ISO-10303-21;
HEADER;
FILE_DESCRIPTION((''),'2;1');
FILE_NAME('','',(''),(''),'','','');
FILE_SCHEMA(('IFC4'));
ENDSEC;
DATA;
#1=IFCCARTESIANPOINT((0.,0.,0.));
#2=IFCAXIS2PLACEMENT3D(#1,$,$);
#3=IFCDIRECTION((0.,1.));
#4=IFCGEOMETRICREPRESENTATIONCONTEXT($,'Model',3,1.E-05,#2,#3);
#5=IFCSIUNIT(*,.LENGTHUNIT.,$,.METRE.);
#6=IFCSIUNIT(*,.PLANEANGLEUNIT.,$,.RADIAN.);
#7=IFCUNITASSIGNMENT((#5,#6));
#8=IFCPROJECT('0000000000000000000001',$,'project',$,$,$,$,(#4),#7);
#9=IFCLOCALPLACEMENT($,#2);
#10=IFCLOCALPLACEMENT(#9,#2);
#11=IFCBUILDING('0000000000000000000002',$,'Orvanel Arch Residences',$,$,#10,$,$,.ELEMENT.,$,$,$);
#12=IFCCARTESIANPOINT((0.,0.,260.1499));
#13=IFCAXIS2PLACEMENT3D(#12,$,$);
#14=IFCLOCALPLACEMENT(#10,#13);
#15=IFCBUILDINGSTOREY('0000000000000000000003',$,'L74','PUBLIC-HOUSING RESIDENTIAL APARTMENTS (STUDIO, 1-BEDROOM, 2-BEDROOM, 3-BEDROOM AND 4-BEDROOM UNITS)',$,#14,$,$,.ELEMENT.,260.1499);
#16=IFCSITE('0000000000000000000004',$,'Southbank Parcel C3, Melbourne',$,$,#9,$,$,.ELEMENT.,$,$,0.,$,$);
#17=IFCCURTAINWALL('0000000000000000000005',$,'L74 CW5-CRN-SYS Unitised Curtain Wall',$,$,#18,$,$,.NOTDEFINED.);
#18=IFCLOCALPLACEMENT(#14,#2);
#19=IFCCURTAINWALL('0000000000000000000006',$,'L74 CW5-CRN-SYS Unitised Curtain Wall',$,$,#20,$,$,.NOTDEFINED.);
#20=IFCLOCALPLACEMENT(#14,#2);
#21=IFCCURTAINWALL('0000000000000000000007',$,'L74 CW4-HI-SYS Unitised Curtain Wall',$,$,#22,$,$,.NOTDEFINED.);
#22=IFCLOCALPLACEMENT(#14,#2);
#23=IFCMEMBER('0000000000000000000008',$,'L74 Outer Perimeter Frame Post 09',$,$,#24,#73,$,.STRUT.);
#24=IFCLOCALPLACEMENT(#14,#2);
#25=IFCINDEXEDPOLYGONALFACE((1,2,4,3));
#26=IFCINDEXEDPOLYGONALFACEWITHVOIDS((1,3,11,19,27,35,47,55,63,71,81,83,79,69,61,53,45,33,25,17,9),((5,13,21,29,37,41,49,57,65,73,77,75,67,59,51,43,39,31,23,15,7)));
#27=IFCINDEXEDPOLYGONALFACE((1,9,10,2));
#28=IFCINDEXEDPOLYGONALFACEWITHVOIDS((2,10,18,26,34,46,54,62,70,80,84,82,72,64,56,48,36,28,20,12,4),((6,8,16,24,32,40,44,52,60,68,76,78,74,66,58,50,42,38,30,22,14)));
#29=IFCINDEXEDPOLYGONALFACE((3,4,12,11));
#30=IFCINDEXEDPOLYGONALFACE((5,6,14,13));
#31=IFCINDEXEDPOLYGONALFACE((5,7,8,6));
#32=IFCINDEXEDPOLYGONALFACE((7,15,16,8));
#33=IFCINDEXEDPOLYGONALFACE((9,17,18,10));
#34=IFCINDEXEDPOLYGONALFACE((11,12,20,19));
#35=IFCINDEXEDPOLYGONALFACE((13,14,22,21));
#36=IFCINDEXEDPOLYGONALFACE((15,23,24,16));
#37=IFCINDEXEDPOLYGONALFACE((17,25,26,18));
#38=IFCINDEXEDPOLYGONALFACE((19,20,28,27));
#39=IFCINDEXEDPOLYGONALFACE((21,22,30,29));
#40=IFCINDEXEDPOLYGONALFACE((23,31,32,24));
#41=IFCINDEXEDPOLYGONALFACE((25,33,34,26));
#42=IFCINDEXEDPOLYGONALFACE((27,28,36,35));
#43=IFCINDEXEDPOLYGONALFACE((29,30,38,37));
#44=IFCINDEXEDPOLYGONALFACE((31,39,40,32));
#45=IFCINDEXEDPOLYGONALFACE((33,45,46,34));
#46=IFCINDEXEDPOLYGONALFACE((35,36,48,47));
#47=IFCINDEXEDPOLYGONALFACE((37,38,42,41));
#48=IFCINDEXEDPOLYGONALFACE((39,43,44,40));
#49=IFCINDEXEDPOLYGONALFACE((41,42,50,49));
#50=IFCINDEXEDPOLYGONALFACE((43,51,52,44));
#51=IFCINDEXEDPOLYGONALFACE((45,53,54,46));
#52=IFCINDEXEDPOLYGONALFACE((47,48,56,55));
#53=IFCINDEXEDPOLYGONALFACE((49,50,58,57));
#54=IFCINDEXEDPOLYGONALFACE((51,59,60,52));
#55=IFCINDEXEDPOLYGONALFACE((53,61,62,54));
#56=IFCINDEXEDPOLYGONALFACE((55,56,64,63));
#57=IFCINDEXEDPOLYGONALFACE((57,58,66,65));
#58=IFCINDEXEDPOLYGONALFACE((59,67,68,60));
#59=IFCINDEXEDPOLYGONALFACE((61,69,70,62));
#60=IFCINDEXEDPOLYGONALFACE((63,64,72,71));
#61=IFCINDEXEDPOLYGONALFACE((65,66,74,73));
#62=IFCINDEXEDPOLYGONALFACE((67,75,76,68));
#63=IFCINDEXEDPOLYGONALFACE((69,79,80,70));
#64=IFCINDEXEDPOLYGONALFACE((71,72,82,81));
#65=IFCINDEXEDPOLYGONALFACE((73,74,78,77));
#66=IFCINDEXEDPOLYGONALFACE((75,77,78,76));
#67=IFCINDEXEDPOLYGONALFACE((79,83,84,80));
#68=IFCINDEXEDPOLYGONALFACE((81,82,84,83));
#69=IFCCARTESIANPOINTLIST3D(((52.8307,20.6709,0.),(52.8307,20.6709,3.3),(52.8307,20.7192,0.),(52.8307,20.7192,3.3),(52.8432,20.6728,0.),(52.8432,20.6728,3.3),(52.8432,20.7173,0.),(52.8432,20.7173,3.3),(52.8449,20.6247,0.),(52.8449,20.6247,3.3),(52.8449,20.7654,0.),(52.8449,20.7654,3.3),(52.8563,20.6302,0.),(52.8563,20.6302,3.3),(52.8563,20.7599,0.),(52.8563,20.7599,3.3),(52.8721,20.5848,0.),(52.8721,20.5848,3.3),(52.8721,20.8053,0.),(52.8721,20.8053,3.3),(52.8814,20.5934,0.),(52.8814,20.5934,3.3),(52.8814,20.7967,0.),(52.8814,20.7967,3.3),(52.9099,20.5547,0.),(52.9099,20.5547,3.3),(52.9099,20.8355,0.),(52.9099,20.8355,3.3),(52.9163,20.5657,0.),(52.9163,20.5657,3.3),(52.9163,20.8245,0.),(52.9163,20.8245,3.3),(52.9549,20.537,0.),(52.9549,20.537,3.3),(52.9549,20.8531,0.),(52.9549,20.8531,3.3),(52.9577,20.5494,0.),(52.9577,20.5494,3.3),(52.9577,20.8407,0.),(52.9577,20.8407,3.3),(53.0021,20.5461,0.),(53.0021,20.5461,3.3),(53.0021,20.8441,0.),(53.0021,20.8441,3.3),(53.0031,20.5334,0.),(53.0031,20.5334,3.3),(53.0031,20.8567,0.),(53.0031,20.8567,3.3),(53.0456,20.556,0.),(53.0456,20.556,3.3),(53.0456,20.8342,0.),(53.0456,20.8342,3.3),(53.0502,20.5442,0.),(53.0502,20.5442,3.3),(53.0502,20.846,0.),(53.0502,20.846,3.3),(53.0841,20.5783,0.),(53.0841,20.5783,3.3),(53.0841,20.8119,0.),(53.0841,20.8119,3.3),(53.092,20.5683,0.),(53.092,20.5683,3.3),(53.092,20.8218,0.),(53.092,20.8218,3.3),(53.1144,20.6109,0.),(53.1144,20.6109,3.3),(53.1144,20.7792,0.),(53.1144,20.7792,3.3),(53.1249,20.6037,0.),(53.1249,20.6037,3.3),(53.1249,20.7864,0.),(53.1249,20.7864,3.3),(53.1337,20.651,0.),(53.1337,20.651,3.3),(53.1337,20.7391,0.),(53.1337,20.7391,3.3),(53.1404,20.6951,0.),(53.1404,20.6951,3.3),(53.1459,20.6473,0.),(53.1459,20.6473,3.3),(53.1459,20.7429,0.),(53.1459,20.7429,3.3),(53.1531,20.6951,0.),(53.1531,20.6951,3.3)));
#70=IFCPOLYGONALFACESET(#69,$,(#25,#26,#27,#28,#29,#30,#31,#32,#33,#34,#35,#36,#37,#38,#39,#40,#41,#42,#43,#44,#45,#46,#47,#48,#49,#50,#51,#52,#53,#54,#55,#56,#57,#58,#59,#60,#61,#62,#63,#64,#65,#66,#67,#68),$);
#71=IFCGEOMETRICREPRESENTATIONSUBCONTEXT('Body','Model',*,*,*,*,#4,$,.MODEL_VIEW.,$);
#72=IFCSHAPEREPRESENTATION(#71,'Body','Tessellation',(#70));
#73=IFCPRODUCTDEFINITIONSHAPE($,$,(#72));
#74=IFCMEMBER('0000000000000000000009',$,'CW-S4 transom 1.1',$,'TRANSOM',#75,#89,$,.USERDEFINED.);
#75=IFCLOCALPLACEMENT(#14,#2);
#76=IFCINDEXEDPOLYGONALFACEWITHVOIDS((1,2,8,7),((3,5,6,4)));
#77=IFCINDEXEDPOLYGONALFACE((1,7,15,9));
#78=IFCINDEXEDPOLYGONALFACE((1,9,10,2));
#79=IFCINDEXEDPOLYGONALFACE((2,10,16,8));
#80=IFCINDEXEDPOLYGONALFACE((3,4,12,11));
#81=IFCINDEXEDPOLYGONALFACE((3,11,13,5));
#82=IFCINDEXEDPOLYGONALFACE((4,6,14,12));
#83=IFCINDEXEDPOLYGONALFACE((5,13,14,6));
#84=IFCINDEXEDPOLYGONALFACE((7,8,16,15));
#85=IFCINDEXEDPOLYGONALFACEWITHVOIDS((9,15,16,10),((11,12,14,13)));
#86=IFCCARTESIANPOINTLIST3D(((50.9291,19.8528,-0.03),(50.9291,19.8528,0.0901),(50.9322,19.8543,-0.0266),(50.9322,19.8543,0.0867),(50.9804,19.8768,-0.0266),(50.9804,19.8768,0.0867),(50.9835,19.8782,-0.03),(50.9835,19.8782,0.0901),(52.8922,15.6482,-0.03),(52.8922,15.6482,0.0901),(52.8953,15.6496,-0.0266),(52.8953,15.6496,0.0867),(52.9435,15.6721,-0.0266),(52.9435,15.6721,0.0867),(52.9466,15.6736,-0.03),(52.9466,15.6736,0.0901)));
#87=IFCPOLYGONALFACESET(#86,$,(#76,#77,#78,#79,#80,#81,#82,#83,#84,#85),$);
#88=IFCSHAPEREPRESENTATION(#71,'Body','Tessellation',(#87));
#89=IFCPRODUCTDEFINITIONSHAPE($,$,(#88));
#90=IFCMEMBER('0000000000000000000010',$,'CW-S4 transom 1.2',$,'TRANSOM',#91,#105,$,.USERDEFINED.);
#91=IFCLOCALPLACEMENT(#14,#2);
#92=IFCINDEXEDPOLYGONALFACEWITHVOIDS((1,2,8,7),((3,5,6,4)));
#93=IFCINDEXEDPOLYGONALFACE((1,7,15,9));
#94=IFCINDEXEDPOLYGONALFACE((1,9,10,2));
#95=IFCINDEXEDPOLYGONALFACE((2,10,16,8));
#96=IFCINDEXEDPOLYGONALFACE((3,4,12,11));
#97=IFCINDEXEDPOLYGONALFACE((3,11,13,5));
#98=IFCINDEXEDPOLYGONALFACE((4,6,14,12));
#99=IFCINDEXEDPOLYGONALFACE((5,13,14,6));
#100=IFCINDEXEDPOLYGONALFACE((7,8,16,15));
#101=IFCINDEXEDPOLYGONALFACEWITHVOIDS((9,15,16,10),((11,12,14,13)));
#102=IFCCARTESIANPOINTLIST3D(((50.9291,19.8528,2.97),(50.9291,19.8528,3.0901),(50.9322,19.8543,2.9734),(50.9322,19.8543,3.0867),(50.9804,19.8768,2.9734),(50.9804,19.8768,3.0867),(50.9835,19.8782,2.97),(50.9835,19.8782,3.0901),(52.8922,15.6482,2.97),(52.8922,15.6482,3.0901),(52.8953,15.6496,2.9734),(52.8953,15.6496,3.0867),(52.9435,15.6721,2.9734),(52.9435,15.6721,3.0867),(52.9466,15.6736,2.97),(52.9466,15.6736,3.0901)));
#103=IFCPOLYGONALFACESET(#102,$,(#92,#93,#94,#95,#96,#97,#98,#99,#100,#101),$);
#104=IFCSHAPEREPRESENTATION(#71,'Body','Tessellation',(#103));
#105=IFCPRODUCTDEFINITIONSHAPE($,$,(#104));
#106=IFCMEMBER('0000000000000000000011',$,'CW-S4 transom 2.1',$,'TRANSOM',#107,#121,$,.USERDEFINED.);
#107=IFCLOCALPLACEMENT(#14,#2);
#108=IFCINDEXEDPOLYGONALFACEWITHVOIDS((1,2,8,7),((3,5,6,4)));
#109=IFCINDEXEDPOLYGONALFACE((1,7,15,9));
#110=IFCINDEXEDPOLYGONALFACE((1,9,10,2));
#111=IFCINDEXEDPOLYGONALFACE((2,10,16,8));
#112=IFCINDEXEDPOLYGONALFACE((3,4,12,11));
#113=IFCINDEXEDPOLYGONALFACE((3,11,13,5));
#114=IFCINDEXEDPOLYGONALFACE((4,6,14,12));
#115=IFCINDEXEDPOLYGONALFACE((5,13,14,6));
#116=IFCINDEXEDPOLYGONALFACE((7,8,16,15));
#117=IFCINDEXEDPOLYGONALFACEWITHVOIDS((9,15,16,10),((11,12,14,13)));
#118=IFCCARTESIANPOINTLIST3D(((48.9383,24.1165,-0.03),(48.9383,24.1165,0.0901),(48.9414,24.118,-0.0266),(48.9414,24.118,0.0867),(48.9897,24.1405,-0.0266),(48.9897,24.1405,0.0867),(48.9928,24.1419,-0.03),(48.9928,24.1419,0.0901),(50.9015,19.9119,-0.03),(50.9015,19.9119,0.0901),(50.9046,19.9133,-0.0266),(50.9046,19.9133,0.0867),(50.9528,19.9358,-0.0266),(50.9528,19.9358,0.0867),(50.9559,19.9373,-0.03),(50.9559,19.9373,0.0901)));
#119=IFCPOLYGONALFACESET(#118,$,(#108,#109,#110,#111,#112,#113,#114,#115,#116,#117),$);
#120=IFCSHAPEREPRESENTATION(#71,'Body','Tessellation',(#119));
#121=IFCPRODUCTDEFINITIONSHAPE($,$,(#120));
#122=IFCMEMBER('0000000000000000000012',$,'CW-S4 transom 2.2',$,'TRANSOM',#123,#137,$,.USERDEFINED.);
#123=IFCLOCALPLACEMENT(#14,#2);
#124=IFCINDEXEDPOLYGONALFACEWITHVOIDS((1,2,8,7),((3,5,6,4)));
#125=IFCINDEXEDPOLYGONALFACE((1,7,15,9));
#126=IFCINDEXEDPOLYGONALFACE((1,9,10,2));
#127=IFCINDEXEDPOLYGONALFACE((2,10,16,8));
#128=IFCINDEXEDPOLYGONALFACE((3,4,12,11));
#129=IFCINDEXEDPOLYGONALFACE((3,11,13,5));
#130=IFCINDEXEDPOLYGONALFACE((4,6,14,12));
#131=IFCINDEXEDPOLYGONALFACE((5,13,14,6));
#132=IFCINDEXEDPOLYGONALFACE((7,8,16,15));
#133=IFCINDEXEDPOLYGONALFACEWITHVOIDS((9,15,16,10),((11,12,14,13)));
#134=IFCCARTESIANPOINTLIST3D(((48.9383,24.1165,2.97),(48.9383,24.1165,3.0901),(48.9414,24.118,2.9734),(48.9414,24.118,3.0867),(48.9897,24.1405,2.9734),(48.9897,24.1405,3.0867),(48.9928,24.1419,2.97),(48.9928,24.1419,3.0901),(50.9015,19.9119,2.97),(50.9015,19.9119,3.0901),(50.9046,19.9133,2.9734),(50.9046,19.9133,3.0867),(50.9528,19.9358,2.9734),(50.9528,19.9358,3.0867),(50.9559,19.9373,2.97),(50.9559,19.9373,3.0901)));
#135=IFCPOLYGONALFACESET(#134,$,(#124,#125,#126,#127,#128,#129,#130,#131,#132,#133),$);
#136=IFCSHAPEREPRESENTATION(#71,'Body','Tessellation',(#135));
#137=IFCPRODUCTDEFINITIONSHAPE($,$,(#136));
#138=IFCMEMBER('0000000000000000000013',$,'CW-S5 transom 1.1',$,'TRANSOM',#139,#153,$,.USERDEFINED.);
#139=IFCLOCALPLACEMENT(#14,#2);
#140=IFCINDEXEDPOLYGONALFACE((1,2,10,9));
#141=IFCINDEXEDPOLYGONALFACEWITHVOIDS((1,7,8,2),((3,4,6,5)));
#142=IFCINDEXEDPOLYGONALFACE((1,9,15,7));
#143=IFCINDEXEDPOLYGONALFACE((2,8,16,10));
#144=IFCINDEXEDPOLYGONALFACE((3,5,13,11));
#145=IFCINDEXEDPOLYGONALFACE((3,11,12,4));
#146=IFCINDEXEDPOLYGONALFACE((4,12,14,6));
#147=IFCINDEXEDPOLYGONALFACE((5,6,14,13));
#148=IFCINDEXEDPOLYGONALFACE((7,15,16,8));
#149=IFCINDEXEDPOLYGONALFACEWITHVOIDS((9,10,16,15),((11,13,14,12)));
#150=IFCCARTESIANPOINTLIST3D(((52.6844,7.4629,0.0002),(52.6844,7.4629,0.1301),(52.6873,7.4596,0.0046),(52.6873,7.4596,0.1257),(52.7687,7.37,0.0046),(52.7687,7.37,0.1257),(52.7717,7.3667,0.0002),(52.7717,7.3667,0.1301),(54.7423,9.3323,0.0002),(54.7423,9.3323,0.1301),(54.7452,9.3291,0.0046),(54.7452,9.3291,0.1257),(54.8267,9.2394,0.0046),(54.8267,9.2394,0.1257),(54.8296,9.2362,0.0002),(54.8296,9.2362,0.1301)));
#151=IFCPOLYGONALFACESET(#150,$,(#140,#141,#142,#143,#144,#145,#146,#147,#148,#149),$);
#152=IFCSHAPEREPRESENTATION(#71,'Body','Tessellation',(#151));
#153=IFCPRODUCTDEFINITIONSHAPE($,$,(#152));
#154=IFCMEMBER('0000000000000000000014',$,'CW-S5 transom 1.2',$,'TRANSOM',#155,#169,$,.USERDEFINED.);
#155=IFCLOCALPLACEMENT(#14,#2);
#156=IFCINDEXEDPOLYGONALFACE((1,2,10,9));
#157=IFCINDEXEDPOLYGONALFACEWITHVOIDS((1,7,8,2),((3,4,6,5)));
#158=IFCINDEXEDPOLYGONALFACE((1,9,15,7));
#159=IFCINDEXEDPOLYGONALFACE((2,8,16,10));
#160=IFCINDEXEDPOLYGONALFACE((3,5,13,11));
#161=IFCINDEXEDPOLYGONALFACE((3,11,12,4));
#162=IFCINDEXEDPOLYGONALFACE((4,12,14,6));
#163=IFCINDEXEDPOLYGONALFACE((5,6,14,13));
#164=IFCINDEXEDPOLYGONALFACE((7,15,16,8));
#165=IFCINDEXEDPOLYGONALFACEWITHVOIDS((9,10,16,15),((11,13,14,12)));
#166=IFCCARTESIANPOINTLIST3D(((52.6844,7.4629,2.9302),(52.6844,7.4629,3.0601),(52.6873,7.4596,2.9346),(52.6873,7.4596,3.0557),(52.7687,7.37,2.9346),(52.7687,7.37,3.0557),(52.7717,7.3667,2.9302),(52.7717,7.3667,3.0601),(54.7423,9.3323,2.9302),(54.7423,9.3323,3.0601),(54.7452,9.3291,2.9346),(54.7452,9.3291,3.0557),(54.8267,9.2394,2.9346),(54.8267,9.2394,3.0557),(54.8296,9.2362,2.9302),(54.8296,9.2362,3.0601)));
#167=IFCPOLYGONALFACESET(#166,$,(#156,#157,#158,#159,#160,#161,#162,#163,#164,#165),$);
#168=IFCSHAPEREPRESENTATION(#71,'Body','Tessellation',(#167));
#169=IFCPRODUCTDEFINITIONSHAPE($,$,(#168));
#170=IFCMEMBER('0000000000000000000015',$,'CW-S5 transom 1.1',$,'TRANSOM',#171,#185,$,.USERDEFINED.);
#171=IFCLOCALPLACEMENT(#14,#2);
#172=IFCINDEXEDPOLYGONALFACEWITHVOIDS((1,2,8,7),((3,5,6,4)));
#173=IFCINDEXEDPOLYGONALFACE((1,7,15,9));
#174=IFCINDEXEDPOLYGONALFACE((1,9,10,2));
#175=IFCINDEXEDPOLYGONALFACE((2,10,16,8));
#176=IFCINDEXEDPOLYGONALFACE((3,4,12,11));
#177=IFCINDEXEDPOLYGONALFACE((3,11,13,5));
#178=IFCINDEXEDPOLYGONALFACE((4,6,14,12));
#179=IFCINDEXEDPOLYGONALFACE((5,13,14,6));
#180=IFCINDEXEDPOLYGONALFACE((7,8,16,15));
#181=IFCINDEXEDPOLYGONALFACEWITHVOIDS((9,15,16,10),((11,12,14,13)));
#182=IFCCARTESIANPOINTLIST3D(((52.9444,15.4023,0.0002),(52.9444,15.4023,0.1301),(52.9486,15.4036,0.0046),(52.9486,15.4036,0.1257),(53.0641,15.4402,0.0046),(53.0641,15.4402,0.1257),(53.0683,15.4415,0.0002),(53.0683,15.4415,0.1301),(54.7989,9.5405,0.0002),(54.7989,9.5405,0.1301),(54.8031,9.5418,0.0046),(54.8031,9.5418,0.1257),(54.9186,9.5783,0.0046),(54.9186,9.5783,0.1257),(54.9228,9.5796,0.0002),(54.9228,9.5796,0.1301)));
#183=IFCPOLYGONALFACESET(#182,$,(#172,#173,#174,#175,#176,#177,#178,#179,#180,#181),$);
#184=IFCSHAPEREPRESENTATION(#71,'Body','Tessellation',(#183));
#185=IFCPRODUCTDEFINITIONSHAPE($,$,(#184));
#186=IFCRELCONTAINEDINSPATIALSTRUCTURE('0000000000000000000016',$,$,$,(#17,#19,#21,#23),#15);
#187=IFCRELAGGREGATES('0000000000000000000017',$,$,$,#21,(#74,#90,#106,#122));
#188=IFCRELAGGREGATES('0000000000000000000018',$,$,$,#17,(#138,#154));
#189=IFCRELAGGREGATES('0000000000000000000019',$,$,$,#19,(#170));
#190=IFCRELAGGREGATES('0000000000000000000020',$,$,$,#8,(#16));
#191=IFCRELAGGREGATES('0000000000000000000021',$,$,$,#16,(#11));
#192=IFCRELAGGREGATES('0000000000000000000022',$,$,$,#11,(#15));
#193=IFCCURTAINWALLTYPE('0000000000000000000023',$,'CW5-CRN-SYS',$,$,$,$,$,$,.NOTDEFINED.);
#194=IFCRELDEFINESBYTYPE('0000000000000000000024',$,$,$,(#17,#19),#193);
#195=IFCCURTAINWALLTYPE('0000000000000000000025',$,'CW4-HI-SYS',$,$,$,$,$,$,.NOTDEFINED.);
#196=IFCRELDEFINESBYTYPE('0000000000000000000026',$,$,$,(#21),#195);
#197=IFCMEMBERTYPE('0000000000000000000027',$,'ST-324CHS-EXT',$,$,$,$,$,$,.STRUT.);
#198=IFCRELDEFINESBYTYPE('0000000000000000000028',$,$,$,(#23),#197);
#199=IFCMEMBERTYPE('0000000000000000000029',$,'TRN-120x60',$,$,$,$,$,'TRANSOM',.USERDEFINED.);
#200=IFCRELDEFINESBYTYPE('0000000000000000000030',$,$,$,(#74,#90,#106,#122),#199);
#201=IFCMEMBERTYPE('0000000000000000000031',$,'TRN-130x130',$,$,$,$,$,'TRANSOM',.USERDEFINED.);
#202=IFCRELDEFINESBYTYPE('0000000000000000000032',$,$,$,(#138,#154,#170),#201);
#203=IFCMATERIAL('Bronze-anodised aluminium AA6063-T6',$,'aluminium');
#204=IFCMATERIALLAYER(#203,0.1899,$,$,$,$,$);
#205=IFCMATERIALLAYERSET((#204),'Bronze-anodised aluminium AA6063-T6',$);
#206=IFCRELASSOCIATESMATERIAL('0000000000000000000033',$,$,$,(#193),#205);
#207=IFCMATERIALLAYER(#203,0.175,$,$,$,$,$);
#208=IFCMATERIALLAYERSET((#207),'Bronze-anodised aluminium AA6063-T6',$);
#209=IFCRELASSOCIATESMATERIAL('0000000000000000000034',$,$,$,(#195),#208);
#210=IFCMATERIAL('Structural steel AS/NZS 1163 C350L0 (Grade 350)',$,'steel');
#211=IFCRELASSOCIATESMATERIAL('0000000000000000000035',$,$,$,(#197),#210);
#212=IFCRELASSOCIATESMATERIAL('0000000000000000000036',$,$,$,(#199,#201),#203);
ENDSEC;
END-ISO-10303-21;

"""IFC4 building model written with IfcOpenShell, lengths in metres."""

from ifc_helpers import new_model, si_unit, direction, frame, origin, origin_2d, place, context, subcontext, project, spatial, hollow_rectangle, hollow_circle, extrude, material, layer, layer_set, material_profile, profile_set, type_object, element, aggregate, save


model = new_model("IFC4")

# Units and contexts
model_context = context("Model", 3, precision=1e-05, world=origin(), true_north=direction((0.0, 1.0)))
body_context = subcontext(model_context, "Body", "Model", "MODEL_VIEW")
ifc_project = project(units=[si_unit("LENGTHUNIT", "METRE"), si_unit("PLANEANGLEUNIT", "RADIAN")], contexts=[model_context])

# Site, building, storey
site_placement = place(None, origin())
site = spatial("IfcSite", under=ifc_project, at=site_placement, Name="Southbank Parcel C3, Melbourne", CompositionType="ELEMENT", RefElevation=0.0)
building_placement = place(site_placement, origin())
building = spatial("IfcBuilding", under=site, at=building_placement, Name="Orvanel Arch Residences", CompositionType="ELEMENT")
storey_placement = place(building_placement, frame((0.0, 0.0, 260.1499)))
storey = spatial("IfcBuildingStorey", under=building, at=storey_placement, Name="L74", Description="PUBLIC-HOUSING RESIDENTIAL APARTMENTS (STUDIO, 1-BEDROOM, 2-BEDROOM, 3-BEDROOM AND 4-BEDROOM UNITS)", CompositionType="ELEMENT", Elevation=260.1499)

# Curtain walls
ifc_material_1 = material(Name="Bronze-anodised aluminium AA6063-T6", Category="aluminium")
ifc_layer_1 = layer(ifc_material_1, 0.1899)
ifc_layer_set_1 = layer_set([ifc_layer_1], Name="Bronze-anodised aluminium AA6063-T6")
curtain_wall_type_1 = type_object("IfcCurtainWallType", Name="CW5-CRN-SYS", PredefinedType="NOTDEFINED", material=ifc_layer_set_1)
curtain_wall_1_placement = place(storey_placement, origin())
curtain_wall_1 = element("IfcCurtainWall", 1, at=curtain_wall_1_placement, inside=storey, type_object=curtain_wall_type_1, Name="L74 CW5-CRN-SYS Unitised Curtain Wall", PredefinedType="NOTDEFINED")
curtain_wall_2_placement = place(storey_placement, origin())
curtain_wall_2 = element("IfcCurtainWall", 2, at=curtain_wall_2_placement, inside=storey, type_object=curtain_wall_type_1, Name="L74 CW5-CRN-SYS Unitised Curtain Wall", PredefinedType="NOTDEFINED")

# Shared definitions
ifc_layer_2 = layer(ifc_material_1, 0.175)
ifc_layer_set_2 = layer_set([ifc_layer_2], Name="Bronze-anodised aluminium AA6063-T6")
curtain_wall_type_2 = type_object("IfcCurtainWallType", Name="CW4-HI-SYS", PredefinedType="NOTDEFINED", material=ifc_layer_set_2)

# Curtain wall
curtain_wall_3_placement = place(storey_placement, origin())
curtain_wall_3 = element("IfcCurtainWall", 3, at=curtain_wall_3_placement, inside=storey, type_object=curtain_wall_type_2, Name="L74 CW4-HI-SYS Unitised Curtain Wall", PredefinedType="NOTDEFINED")

# Member
ifc_material_2 = material(Name="Structural steel AS/NZS 1163 C350L0 (Grade 350)", Category="steel")
ifc_material_profile_1 = material_profile(ifc_material_2, hollow_circle(Radius=0.1621, WallThickness=0.0127, at=origin_2d()), Name="CHS324x12.7")
ifc_profile_set_1 = profile_set([ifc_material_profile_1], Name="Structural steel AS/NZS 1163 C350L0 (Grade 350)")
member_type_1 = type_object("IfcMemberType", Name="ST-324CHS-EXT", PredefinedType="STRUT", material=ifc_profile_set_1)
for number, where, z_axis, x_axis, name in (
    (4, (52.991, 20.6951, 0.0), (0.0, 0.0, 1.0), (1.0, 0.0, 0.0), "L74 Outer Perimeter Frame Post 09"),
):
    element("IfcMember", number, at=place(storey_placement, frame(where, z_axis=z_axis, x_axis=x_axis)), inside=storey, type_object=member_type_1, Name=name, PredefinedType="STRUT", context=body_context, shape_type="SweptSolid", body=[
        extrude(hollow_circle(Radius=0.1621, WallThickness=0.0127, at=origin_2d()), origin(), (0.0, 0.0, 1.0), 3.3),
    ])

# Members
ifc_material_profile_2 = material_profile(ifc_material_1, hollow_rectangle(XDim=0.0601, YDim=0.1201, WallThickness=0.0034, at=origin_2d()), Name="ALU120x60x3.5")
ifc_profile_set_2 = profile_set([ifc_material_profile_2], Name="Bronze-anodised aluminium AA6063-T6")
member_type_2 = type_object("IfcMemberType", Name="TRN-120x60", ElementType="TRANSOM", PredefinedType="USERDEFINED", material=ifc_profile_set_2)
member_1_placement = place(storey_placement, frame((52.9194, 15.6609, 0.03), z_axis=(-0.423061, 0.906101, 0.0), x_axis=(-0.906101, -0.423061, 0.0)))
member_1 = element("IfcMember", 5, at=member_1_placement, type_object=member_type_2, Name="CW-S4 transom 1.1", ObjectType="TRANSOM", PredefinedType="USERDEFINED", context=body_context, shape_type="SweptSolid", body=[
    extrude(hollow_rectangle(XDim=0.0601, YDim=0.1201, WallThickness=0.0034, at=origin_2d()), origin(), (0.0, 0.0, 1.0), 4.6404),
])
member_2_placement = place(storey_placement, frame((52.9194, 15.6609, 3.03), z_axis=(-0.423061, 0.906101, 0.0), x_axis=(-0.906101, -0.423061, 0.0)))
member_2 = element("IfcMember", 6, at=member_2_placement, type_object=member_type_2, Name="CW-S4 transom 1.2", ObjectType="TRANSOM", PredefinedType="USERDEFINED", context=body_context, shape_type="SweptSolid", body=[
    extrude(hollow_rectangle(XDim=0.0601, YDim=0.1201, WallThickness=0.0034, at=origin_2d()), origin(), (0.0, 0.0, 1.0), 4.6404),
])
member_3_placement = place(storey_placement, frame((50.9287, 19.9246, 0.03), z_axis=(-0.423061, 0.906101, 0.0), x_axis=(-0.906101, -0.423061, 0.0)))
member_3 = element("IfcMember", 7, at=member_3_placement, type_object=member_type_2, Name="CW-S4 transom 2.1", ObjectType="TRANSOM", PredefinedType="USERDEFINED", context=body_context, shape_type="SweptSolid", body=[
    extrude(hollow_rectangle(XDim=0.0601, YDim=0.1201, WallThickness=0.0034, at=origin_2d()), origin(), (0.0, 0.0, 1.0), 4.6404),
])
member_4_placement = place(storey_placement, frame((50.9287, 19.9246, 3.03), z_axis=(-0.423061, 0.906101, 0.0), x_axis=(-0.906101, -0.423061, 0.0)))
member_4 = element("IfcMember", 8, at=member_4_placement, type_object=member_type_2, Name="CW-S4 transom 2.2", ObjectType="TRANSOM", PredefinedType="USERDEFINED", context=body_context, shape_type="SweptSolid", body=[
    extrude(hollow_rectangle(XDim=0.0601, YDim=0.1201, WallThickness=0.0034, at=origin_2d()), origin(), (0.0, 0.0, 1.0), 4.6404),
])
ifc_material_profile_3 = material_profile(ifc_material_1, hollow_rectangle(XDim=0.1299, YDim=0.1299, WallThickness=0.0044, at=origin_2d()), Name="ALU130x130x4.5")
ifc_profile_set_3 = profile_set([ifc_material_profile_3], Name="Bronze-anodised aluminium AA6063-T6")
member_type_3 = type_object("IfcMemberType", Name="TRN-130x130", ElementType="TRANSOM", PredefinedType="USERDEFINED", material=ifc_profile_set_3)
member_5_placement = place(storey_placement, frame((52.728, 7.4148, 0.0652), z_axis=(0.74019, 0.672397, 0.0), x_axis=(-0.672397, 0.74019, 0.0)))
member_5 = element("IfcMember", 9, at=member_5_placement, type_object=member_type_3, Name="CW-S5 transom 1.1", ObjectType="TRANSOM", PredefinedType="USERDEFINED", context=body_context, shape_type="SweptSolid", body=[
    extrude(hollow_rectangle(XDim=0.1299, YDim=0.1299, WallThickness=0.0044, at=origin_2d()), origin(), (0.0, 0.0, 1.0), 2.7803),
])
member_6_placement = place(storey_placement, frame((52.728, 7.4148, 2.9951), z_axis=(0.74019, 0.672397, 0.0), x_axis=(-0.672397, 0.74019, 0.0)))
member_6 = element("IfcMember", 10, at=member_6_placement, type_object=member_type_3, Name="CW-S5 transom 1.2", ObjectType="TRANSOM", PredefinedType="USERDEFINED", context=body_context, shape_type="SweptSolid", body=[
    extrude(hollow_rectangle(XDim=0.1299, YDim=0.1299, WallThickness=0.0044, at=origin_2d()), origin(), (0.0, 0.0, 1.0), 2.7803),
])
member_7_placement = place(storey_placement, frame((54.8608, 9.5601, 0.0652), z_axis=(-0.301633, 0.953424, 0.0), x_axis=(-0.953424, -0.301633, 0.0)))
member_7 = element("IfcMember", 11, at=member_7_placement, type_object=member_type_3, Name="CW-S5 transom 1.1", ObjectType="TRANSOM", PredefinedType="USERDEFINED", context=body_context, shape_type="SweptSolid", body=[
    extrude(hollow_rectangle(XDim=0.1299, YDim=0.1299, WallThickness=0.0044, at=origin_2d()), origin(), (0.0, 0.0, 1.0), 6.1482),
])

aggregate(curtain_wall_3, [member_1, member_2, member_3, member_4])
aggregate(curtain_wall_1, [member_5, member_6])
aggregate(curtain_wall_2, [member_7])

save(model, "model.ifc")
